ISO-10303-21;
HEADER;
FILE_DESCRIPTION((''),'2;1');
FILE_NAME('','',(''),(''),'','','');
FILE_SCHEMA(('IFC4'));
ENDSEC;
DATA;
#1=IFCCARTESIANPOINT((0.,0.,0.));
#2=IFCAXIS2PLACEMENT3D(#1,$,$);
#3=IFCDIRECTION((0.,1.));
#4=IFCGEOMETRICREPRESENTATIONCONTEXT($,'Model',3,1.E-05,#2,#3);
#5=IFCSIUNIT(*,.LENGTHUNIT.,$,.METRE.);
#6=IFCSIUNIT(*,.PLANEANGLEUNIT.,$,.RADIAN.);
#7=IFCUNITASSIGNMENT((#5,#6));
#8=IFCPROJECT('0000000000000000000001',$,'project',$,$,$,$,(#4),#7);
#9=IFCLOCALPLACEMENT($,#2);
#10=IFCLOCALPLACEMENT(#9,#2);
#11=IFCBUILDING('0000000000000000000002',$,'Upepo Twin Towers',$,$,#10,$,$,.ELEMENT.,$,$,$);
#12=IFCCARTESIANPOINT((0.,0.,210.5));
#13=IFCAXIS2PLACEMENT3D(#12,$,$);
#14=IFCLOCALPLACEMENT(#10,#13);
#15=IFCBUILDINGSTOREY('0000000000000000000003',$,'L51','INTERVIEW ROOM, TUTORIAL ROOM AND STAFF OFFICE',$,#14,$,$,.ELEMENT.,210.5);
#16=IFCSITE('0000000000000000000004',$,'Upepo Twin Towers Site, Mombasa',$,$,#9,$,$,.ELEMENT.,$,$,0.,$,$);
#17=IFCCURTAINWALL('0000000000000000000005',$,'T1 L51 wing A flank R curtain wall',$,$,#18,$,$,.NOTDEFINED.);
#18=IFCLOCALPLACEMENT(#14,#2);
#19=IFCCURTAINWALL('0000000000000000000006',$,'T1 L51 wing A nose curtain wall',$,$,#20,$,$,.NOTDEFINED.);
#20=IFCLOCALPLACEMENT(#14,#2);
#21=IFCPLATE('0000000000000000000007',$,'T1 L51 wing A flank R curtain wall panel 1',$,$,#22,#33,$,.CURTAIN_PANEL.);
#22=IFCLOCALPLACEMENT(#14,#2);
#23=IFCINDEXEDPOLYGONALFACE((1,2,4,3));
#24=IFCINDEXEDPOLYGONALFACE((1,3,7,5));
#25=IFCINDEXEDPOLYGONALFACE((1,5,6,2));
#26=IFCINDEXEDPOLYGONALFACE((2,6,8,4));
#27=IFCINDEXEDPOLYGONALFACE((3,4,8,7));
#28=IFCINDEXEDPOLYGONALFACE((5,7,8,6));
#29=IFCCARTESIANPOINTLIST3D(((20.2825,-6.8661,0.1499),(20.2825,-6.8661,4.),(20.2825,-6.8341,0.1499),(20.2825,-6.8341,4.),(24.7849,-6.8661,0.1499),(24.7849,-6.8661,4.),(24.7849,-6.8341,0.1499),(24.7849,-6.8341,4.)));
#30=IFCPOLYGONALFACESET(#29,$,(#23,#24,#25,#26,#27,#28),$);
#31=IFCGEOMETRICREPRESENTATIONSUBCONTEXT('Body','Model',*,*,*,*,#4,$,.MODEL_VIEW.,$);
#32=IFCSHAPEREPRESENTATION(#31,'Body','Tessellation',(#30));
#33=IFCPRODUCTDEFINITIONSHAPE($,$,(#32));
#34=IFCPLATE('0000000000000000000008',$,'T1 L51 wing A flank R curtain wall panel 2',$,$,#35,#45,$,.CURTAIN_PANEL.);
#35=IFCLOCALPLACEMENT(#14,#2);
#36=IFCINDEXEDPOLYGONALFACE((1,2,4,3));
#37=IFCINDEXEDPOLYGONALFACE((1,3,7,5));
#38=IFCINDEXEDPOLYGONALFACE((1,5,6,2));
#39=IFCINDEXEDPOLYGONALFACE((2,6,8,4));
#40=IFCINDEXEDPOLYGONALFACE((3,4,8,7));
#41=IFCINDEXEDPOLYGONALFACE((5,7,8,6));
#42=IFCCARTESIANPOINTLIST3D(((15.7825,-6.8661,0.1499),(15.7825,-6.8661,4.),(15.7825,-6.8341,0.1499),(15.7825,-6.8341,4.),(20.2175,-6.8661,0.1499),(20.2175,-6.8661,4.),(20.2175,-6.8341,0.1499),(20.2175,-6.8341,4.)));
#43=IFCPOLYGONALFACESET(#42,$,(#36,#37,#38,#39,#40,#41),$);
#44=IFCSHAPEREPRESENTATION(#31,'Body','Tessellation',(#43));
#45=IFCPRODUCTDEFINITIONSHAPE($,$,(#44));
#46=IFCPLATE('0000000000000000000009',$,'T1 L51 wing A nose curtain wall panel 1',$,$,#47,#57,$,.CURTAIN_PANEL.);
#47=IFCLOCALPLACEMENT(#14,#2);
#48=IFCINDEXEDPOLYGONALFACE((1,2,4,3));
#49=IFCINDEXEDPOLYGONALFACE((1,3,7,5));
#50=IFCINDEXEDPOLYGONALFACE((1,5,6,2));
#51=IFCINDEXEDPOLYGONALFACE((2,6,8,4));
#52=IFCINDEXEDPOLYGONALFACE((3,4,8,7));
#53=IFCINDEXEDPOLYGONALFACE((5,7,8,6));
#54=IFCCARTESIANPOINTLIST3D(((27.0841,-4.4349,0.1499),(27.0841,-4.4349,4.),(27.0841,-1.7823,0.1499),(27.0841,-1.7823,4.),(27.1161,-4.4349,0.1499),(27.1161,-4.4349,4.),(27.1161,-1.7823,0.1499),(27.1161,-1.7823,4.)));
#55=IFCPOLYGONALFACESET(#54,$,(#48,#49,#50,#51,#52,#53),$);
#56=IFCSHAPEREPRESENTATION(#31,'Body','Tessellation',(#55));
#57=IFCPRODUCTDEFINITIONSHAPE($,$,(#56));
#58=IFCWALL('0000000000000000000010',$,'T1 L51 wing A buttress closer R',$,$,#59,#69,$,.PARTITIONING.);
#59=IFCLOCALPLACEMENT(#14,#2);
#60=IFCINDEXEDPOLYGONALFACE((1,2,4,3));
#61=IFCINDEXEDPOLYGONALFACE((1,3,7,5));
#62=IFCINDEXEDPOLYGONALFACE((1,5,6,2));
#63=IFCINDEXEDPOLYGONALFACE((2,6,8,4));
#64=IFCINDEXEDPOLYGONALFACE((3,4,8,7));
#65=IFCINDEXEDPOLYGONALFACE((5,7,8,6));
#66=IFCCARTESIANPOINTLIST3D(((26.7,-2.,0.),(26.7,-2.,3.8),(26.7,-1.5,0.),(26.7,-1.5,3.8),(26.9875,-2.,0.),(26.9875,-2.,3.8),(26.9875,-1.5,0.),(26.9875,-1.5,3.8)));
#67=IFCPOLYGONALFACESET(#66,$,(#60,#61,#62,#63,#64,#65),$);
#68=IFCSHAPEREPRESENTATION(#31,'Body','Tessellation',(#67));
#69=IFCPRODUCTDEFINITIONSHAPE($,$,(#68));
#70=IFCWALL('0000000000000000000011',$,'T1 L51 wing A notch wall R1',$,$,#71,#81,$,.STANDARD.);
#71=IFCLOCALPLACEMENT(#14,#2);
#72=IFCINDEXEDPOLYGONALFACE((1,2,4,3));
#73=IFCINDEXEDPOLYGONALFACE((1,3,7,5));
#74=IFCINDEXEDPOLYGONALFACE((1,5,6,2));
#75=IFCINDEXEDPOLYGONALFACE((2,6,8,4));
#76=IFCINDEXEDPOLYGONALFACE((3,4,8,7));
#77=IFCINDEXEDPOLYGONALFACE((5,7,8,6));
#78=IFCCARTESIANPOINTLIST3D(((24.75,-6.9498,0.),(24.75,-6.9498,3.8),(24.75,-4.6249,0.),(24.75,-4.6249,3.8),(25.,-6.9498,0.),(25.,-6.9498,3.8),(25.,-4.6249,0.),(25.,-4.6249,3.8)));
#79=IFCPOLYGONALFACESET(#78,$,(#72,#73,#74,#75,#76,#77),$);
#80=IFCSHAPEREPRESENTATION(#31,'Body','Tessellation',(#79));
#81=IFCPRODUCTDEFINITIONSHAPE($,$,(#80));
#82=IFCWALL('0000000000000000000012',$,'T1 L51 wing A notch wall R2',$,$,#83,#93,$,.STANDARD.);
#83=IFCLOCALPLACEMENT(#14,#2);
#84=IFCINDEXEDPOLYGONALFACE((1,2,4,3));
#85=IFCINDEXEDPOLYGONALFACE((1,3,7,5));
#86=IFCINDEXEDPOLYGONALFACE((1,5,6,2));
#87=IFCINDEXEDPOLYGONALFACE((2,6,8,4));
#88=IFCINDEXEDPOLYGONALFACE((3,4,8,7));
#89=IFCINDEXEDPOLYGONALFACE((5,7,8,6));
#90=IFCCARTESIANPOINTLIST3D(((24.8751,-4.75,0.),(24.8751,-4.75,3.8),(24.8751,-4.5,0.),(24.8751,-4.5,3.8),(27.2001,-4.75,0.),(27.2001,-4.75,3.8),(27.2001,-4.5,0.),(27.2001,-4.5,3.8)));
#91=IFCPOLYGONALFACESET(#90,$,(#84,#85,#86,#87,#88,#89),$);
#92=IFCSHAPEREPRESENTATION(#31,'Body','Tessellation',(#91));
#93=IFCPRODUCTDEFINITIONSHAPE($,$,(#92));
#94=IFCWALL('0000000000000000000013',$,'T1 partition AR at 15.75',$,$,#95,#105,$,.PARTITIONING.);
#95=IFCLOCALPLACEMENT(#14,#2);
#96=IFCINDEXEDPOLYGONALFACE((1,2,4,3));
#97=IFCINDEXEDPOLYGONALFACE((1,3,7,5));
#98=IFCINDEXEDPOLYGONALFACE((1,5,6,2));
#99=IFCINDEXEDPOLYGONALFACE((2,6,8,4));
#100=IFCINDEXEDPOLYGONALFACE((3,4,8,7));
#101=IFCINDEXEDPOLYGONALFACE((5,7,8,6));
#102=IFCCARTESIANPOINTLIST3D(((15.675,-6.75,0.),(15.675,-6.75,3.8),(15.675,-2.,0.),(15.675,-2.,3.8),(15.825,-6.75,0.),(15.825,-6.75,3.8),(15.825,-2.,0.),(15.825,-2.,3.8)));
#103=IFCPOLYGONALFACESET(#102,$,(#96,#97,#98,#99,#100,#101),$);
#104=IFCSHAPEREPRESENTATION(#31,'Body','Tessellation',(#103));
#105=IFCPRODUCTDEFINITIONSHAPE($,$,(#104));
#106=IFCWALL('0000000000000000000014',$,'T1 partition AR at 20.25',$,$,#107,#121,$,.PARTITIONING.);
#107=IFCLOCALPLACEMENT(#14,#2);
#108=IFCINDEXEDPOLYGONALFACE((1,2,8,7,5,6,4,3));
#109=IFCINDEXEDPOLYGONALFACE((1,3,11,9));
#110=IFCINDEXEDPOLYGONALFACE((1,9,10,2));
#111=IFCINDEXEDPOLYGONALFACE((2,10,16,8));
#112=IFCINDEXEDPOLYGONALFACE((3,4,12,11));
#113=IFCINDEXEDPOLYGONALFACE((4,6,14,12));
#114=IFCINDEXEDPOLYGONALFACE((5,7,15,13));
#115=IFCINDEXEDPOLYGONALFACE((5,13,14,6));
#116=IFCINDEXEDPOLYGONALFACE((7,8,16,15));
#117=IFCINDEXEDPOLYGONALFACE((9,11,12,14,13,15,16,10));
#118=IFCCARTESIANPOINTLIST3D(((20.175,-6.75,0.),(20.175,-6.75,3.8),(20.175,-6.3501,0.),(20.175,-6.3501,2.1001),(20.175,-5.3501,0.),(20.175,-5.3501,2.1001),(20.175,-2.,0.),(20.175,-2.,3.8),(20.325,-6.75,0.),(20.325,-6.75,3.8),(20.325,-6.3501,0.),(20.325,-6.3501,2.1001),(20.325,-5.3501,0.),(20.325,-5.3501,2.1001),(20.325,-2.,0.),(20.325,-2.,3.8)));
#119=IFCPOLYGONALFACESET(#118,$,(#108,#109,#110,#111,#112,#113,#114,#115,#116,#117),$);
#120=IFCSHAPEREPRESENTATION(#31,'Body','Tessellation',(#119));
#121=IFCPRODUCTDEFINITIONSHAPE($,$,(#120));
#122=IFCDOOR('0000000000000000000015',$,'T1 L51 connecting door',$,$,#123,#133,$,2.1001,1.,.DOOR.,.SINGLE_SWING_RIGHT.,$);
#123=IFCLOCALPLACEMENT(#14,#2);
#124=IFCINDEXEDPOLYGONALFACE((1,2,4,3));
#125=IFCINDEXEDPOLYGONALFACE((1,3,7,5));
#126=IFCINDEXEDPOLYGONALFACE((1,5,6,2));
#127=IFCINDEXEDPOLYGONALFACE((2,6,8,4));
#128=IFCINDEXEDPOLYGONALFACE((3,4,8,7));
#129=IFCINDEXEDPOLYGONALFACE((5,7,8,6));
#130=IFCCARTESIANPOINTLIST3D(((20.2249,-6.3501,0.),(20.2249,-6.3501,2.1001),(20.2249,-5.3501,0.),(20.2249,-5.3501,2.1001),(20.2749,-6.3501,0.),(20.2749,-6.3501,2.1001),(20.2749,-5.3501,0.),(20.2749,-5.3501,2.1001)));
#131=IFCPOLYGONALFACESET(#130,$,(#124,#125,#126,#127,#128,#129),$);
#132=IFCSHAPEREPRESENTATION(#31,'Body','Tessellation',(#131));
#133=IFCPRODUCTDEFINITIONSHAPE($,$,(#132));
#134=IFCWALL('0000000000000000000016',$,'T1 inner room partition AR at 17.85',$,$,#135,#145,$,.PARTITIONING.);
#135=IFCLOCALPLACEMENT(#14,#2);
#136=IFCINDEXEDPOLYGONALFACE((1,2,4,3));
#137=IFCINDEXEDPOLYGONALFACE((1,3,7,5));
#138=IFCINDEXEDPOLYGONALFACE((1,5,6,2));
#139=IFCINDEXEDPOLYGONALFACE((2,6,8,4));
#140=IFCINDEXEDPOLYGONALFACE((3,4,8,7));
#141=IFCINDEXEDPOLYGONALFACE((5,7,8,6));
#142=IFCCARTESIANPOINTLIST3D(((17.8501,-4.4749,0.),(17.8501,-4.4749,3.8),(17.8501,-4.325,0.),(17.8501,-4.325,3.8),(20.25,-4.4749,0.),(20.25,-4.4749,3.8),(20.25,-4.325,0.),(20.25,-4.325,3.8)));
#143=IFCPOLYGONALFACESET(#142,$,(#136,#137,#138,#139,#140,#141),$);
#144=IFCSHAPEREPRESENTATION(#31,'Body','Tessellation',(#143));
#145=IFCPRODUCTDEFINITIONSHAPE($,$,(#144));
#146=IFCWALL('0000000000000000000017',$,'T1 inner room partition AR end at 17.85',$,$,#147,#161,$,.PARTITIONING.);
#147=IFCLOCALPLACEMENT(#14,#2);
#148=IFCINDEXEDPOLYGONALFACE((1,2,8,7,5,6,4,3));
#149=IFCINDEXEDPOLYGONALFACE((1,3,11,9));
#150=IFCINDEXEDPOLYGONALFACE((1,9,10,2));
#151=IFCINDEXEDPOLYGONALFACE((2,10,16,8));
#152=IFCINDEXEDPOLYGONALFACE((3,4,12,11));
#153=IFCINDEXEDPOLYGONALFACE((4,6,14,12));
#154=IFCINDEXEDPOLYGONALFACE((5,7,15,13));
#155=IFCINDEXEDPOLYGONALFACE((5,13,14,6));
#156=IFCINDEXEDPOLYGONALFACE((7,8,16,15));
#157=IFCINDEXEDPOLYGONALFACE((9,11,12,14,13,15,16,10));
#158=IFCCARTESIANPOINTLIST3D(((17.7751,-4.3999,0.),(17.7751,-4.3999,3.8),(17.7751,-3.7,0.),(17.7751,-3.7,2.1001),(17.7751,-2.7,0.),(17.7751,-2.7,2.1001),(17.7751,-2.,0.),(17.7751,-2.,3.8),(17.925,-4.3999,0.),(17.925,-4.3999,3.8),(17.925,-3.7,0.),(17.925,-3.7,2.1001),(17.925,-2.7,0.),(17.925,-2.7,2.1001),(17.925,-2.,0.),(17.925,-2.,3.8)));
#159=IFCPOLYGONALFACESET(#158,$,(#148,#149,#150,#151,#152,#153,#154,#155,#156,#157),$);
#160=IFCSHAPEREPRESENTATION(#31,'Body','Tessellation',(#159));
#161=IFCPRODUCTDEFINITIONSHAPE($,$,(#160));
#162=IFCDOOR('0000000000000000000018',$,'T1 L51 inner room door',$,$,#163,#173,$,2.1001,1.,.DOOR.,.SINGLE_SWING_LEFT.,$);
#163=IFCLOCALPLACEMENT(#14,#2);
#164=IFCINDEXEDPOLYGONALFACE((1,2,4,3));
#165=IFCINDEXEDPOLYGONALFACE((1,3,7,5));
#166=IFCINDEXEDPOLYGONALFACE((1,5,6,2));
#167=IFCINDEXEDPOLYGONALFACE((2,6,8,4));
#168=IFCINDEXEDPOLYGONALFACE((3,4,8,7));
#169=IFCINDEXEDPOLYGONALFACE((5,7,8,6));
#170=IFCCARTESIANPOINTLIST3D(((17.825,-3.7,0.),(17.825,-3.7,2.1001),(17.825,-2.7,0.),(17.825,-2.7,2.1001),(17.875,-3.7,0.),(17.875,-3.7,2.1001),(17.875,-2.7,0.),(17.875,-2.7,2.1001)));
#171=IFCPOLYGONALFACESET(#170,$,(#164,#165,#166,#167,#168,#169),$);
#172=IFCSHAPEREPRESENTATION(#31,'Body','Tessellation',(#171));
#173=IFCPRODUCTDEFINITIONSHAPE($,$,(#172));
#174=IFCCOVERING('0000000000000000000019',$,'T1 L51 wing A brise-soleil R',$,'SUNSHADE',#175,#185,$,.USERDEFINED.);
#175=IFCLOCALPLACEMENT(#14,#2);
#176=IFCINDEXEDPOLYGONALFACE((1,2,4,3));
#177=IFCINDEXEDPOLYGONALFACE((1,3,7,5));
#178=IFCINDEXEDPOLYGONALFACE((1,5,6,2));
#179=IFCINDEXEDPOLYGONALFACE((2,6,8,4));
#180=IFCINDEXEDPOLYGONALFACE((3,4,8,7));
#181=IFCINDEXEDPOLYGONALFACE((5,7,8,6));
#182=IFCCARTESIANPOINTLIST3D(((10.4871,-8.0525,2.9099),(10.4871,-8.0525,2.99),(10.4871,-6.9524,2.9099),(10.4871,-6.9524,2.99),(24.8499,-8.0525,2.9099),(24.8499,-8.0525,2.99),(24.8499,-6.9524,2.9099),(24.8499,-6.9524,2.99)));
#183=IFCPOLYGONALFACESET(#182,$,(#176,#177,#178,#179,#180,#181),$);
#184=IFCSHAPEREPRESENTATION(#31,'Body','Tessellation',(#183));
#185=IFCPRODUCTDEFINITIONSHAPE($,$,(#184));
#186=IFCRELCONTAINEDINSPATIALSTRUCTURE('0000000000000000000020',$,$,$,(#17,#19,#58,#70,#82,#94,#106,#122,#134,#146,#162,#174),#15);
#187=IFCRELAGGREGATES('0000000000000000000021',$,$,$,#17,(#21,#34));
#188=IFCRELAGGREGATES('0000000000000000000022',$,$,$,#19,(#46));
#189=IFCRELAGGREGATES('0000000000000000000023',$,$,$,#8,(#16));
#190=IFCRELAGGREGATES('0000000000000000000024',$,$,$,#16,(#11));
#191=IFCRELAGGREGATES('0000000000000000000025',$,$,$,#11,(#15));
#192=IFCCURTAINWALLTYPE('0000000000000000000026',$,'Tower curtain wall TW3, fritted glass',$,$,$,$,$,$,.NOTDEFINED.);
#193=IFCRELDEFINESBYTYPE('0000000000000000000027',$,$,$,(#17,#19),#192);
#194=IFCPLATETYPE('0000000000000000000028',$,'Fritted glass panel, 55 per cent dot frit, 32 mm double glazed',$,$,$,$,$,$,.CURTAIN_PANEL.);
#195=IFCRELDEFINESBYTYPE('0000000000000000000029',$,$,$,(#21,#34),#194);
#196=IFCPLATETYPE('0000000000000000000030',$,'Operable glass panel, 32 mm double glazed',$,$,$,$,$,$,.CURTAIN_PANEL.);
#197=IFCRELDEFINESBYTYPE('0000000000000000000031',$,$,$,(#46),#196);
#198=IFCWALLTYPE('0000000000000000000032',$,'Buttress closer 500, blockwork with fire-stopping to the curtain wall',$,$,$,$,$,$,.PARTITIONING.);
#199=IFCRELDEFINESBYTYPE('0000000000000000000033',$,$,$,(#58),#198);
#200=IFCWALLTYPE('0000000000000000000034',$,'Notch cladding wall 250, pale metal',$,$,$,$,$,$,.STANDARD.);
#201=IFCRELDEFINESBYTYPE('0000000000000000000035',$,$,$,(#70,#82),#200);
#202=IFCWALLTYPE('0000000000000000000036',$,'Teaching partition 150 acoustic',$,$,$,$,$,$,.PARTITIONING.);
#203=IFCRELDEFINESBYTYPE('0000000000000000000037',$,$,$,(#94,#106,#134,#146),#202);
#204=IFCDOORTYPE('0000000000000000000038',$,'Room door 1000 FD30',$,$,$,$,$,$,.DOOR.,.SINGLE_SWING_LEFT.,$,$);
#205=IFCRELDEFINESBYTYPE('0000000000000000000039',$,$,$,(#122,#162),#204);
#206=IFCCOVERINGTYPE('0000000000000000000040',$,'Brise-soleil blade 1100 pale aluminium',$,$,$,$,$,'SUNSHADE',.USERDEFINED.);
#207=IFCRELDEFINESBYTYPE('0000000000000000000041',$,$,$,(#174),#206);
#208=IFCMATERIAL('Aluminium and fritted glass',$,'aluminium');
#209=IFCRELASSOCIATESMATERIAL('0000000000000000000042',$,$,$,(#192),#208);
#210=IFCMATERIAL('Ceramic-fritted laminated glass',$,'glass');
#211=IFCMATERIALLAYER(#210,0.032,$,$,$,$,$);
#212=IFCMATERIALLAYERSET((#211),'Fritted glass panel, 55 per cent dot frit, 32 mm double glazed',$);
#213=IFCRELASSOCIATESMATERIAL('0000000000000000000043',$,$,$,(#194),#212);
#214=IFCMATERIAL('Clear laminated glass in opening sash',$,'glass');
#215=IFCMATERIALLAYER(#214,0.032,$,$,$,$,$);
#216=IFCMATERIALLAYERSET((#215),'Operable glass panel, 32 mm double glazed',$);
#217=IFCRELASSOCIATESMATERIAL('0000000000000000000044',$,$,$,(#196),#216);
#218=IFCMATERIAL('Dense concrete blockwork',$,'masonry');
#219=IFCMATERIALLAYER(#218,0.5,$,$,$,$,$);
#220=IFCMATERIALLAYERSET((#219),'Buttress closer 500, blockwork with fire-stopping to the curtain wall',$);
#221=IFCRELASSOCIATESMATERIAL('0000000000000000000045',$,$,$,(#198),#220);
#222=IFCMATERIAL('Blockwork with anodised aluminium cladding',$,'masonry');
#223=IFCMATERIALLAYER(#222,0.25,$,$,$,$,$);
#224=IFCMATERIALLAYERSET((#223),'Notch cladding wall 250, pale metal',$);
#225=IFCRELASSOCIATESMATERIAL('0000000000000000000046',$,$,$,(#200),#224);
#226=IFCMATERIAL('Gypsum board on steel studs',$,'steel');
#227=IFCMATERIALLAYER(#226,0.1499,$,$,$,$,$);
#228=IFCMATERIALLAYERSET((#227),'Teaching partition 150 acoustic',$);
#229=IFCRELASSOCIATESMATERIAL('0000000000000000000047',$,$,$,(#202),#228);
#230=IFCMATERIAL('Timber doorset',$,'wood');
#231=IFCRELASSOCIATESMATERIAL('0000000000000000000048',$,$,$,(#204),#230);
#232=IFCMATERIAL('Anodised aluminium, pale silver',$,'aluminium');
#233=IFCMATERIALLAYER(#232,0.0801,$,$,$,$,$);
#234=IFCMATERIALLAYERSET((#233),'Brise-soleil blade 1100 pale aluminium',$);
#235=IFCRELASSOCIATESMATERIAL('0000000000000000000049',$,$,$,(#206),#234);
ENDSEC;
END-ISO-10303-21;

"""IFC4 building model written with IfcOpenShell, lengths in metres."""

from ifc_helpers import new_model, si_unit, direction, frame, frame_2d, origin, origin_2d, place, context, subcontext, project, spatial, rectangle, extrude, material, layer, layer_set, type_object, element, fill, aggregate, save


model = new_model("IFC4")

# Units and contexts
model_context = context("Model", 3, precision=1e-05, world=origin(), true_north=direction((0.0, 1.0)))
body_context = subcontext(model_context, "Body", "Model", "MODEL_VIEW")
ifc_project = project(units=[si_unit("LENGTHUNIT", "METRE"), si_unit("PLANEANGLEUNIT", "RADIAN")], contexts=[model_context])

# Site, building, storey
site_placement = place(None, origin())
site = spatial("IfcSite", under=ifc_project, at=site_placement, Name="Upepo Twin Towers Site, Mombasa", CompositionType="ELEMENT", RefElevation=0.0)
building_placement = place(site_placement, origin())
building = spatial("IfcBuilding", under=site, at=building_placement, Name="Upepo Twin Towers", CompositionType="ELEMENT")
storey_placement = place(building_placement, frame((0.0, 0.0, 210.5)))
storey = spatial("IfcBuildingStorey", under=building, at=storey_placement, Name="L51", Description="INTERVIEW ROOM, TUTORIAL ROOM AND STAFF OFFICE", CompositionType="ELEMENT", Elevation=210.5)

# Curtain wall
ifc_material_1 = material(Name="Aluminium and fritted glass", Category="aluminium")
curtain_wall_type = type_object("IfcCurtainWallType", Name="Tower curtain wall TW3, fritted glass", PredefinedType="NOTDEFINED", material=ifc_material_1)
curtain_wall_1_placement = place(storey_placement, origin())
curtain_wall_1 = element("IfcCurtainWall", 1, at=curtain_wall_1_placement, inside=storey, type_object=curtain_wall_type, Name="T1 L51 wing A flank R curtain wall", PredefinedType="NOTDEFINED")

# Curtain wall
curtain_wall_2_placement = place(storey_placement, origin())
curtain_wall_2 = element("IfcCurtainWall", 2, at=curtain_wall_2_placement, inside=storey, type_object=curtain_wall_type, Name="T1 L51 wing A nose curtain wall", PredefinedType="NOTDEFINED")

# Plates
ifc_material_2 = material(Name="Ceramic-fritted laminated glass", Category="glass")
ifc_layer_1 = layer(ifc_material_2, 0.032)
ifc_layer_set_1 = layer_set([ifc_layer_1], Name="Fritted glass panel, 55 per cent dot frit, 32 mm double glazed")
plate_type_1 = type_object("IfcPlateType", Name="Fritted glass panel, 55 per cent dot frit, 32 mm double glazed", PredefinedType="CURTAIN_PANEL", material=ifc_layer_set_1)
plate_1_placement = place(storey_placement, frame((22.5337, -6.8501, 0.1499), z_axis=(0.0, 0.0, 1.0), x_axis=(-1.0, 0.0, 0.0)))
plate_1 = element("IfcPlate", 3, at=plate_1_placement, type_object=plate_type_1, Name="T1 L51 wing A flank R curtain wall panel 1", PredefinedType="CURTAIN_PANEL", context=body_context, shape_type="SweptSolid", body=[
    extrude(rectangle(XDim=4.5024, YDim=0.032, at=origin_2d()), origin(), (0.0, 0.0, 1.0), 3.8501),
])
plate_2_placement = place(storey_placement, frame((18.0, -6.8501, 0.1499), z_axis=(0.0, 0.0, 1.0), x_axis=(-1.0, 0.0, 0.0)))
plate_2 = element("IfcPlate", 4, at=plate_2_placement, type_object=plate_type_1, Name="T1 L51 wing A flank R curtain wall panel 2", PredefinedType="CURTAIN_PANEL", context=body_context, shape_type="SweptSolid", body=[
    extrude(rectangle(XDim=4.4351, YDim=0.032, at=origin_2d()), origin(), (0.0, 0.0, 1.0), 3.8501),
])
aggregate(curtain_wall_1, [plate_1, plate_2])
ifc_material_3 = material(Name="Clear laminated glass in opening sash", Category="glass")
ifc_layer_2 = layer(ifc_material_3, 0.032)
ifc_layer_set_2 = layer_set([ifc_layer_2], Name="Operable glass panel, 32 mm double glazed")
plate_type_2 = type_object("IfcPlateType", Name="Operable glass panel, 32 mm double glazed", PredefinedType="CURTAIN_PANEL", material=ifc_layer_set_2)
plate_3_placement = place(storey_placement, frame((27.1001, -3.1086, 0.1499), z_axis=(0.0, 0.0, 1.0), x_axis=(0.0, 1.0, 0.0)))
plate_3 = element("IfcPlate", 5, at=plate_3_placement, type_object=plate_type_2, Name="T1 L51 wing A nose curtain wall panel 1", PredefinedType="CURTAIN_PANEL", context=body_context, shape_type="SweptSolid", body=[
    extrude(rectangle(XDim=2.6526, YDim=0.032, at=origin_2d()), origin(), (0.0, 0.0, 1.0), 3.8501),
])
aggregate(curtain_wall_2, [plate_3])

# Walls
ifc_material_4 = material(Name="Dense concrete blockwork", Category="masonry")
ifc_layer_3 = layer(ifc_material_4, 0.5)
ifc_layer_set_3 = layer_set([ifc_layer_3], Name="Buttress closer 500, blockwork with fire-stopping to the curtain wall")
wall_type_1 = type_object("IfcWallType", Name="Buttress closer 500, blockwork with fire-stopping to the curtain wall", PredefinedType="PARTITIONING", material=ifc_layer_set_3)
wall_1_placement = place(storey_placement, frame((26.7, -1.75, 0.0), z_axis=(0.0, 0.0, 1.0), x_axis=(1.0, 0.0, 0.0)))
element("IfcWall", 6, at=wall_1_placement, inside=storey, type_object=wall_type_1, Name="T1 L51 wing A buttress closer R", PredefinedType="PARTITIONING", context=body_context, shape_type="SweptSolid", body=[
    extrude(rectangle(XDim=0.2876, YDim=0.5, at=frame_2d((0.1438, 0.0))), origin(), (0.0, 0.0, 1.0), 3.8),
])
ifc_material_5 = material(Name="Blockwork with anodised aluminium cladding", Category="masonry")
ifc_layer_4 = layer(ifc_material_5, 0.25)
ifc_layer_set_4 = layer_set([ifc_layer_4], Name="Notch cladding wall 250, pale metal")
wall_type_2 = type_object("IfcWallType", Name="Notch cladding wall 250, pale metal", PredefinedType="STANDARD", material=ifc_layer_set_4)
for number, where, z_axis, x_axis, name in (
    (7, (24.875, -6.95, 0.0), (0.0, 0.0, 1.0), (0.0, 1.0, 0.0), "T1 L51 wing A notch wall R1"),
    (8, (24.875, -4.625, 0.0), (0.0, 0.0, 1.0), (1.0, 0.0, 0.0), "T1 L51 wing A notch wall R2"),
):
    element("IfcWall", number, at=place(storey_placement, frame(where, z_axis=z_axis, x_axis=x_axis)), inside=storey, type_object=wall_type_2, Name=name, PredefinedType="STANDARD", context=body_context, shape_type="SweptSolid", body=[
        extrude(rectangle(XDim=2.325, YDim=0.25, at=frame_2d((1.1626, 0.0))), origin(), (0.0, 0.0, 1.0), 3.8),
    ])
ifc_material_6 = material(Name="Gypsum board on steel studs", Category="steel")
ifc_layer_5 = layer(ifc_material_6, 0.1499)
ifc_layer_set_5 = layer_set([ifc_layer_5], Name="Teaching partition 150 acoustic")
wall_type_3 = type_object("IfcWallType", Name="Teaching partition 150 acoustic", PredefinedType="PARTITIONING", material=ifc_layer_set_5)
wall_2_placement = place(storey_placement, frame((15.75, -2.0, 0.0), z_axis=(0.0, 0.0, 1.0), x_axis=(0.0, -1.0, 0.0)))
element("IfcWall", 9, at=wall_2_placement, inside=storey, type_object=wall_type_3, Name="T1 partition AR at 15.75", PredefinedType="PARTITIONING", context=body_context, shape_type="SweptSolid", body=[
    extrude(rectangle(XDim=4.75, YDim=0.1499, at=frame_2d((2.375, 0.0))), origin(), (0.0, 0.0, 1.0), 3.8),
])

# Wall, opening, door
wall_3_placement = place(storey_placement, frame((20.25, -2.0, 0.0), z_axis=(0.0, 0.0, 1.0), x_axis=(0.0, -1.0, 0.0)))
wall_3 = element("IfcWall", 10, at=wall_3_placement, inside=storey, type_object=wall_type_3, Name="T1 partition AR at 20.25", PredefinedType="PARTITIONING", context=body_context, shape_type="SweptSolid", body=[
    extrude(rectangle(XDim=4.75, YDim=0.1499, at=frame_2d((2.375, 0.0))), origin(), (0.0, 0.0, 1.0), 3.8),
])
opening_1_placement = place(wall_3_placement, frame((3.3501, 0.0, 0.0)))
opening_1 = element("IfcOpeningElement", 11, at=opening_1_placement, cuts=wall_3, PredefinedType="OPENING", context=body_context, shape_type="SweptSolid", body=[
    extrude(rectangle(XDim=1.0, YDim=2.1001, at=frame_2d((0.5, 1.05))), frame((0.0, 0.085, 0.0), z_axis=(0.0, -1.0, 0.0), x_axis=(1.0, 0.0, 0.0)), (0.0, 0.0, 1.0), 0.1699),
])
ifc_material_7 = material(Name="Timber doorset", Category="wood")
door_type = type_object("IfcDoorType", Name="Room door 1000 FD30", OperationType="SINGLE_SWING_LEFT", PredefinedType="DOOR", material=ifc_material_7)
door_1_placement = place(opening_1_placement, origin())
door_1 = element("IfcDoor", 12, at=door_1_placement, inside=storey, type_object=door_type, Name="T1 L51 connecting door", OperationType="SINGLE_SWING_RIGHT", OverallHeight=2.1001, OverallWidth=1.0, PredefinedType="DOOR", context=body_context, shape_type="SweptSolid", body=[
    extrude(rectangle(XDim=1.0, YDim=2.1001, at=frame_2d((0.5, 1.05))), frame((0.0, 0.0249, 0.0), z_axis=(0.0, -1.0, 0.0), x_axis=(1.0, 0.0, 0.0)), (0.0, 0.0, 1.0), 0.05),
])
fill(opening_1, door_1)

# Wall
wall_4_placement = place(storey_placement, frame((17.8501, -4.3999, 0.0), z_axis=(0.0, 0.0, 1.0), x_axis=(1.0, 0.0, 0.0)))
element("IfcWall", 13, at=wall_4_placement, inside=storey, type_object=wall_type_3, Name="T1 inner room partition AR at 17.85", PredefinedType="PARTITIONING", context=body_context, shape_type="SweptSolid", body=[
    extrude(rectangle(XDim=2.3999, YDim=0.1499, at=frame_2d((1.2, 0.0))), origin(), (0.0, 0.0, 1.0), 3.8),
])

# Wall, opening, door
wall_5_placement = place(storey_placement, frame((17.8501, -2.0, 0.0), z_axis=(0.0, 0.0, 1.0), x_axis=(0.0, -1.0, 0.0)))
wall_5 = element("IfcWall", 14, at=wall_5_placement, inside=storey, type_object=wall_type_3, Name="T1 inner room partition AR end at 17.85", PredefinedType="PARTITIONING", context=body_context, shape_type="SweptSolid", body=[
    extrude(rectangle(XDim=2.3999, YDim=0.1499, at=frame_2d((1.2, 0.0))), origin(), (0.0, 0.0, 1.0), 3.8),
])
opening_2_placement = place(wall_5_placement, frame((0.7, 0.0, 0.0)))
opening_2 = element("IfcOpeningElement", 15, at=opening_2_placement, cuts=wall_5, PredefinedType="OPENING", context=body_context, shape_type="SweptSolid", body=[
    extrude(rectangle(XDim=1.0, YDim=2.1001, at=frame_2d((0.5, 1.05))), frame((0.0, 0.085, 0.0), z_axis=(0.0, -1.0, 0.0), x_axis=(1.0, 0.0, 0.0)), (0.0, 0.0, 1.0), 0.1699),
])
door_2_placement = place(opening_2_placement, origin())
door_2 = element("IfcDoor", 16, at=door_2_placement, inside=storey, type_object=door_type, Name="T1 L51 inner room door", OperationType="SINGLE_SWING_LEFT", OverallHeight=2.1001, OverallWidth=1.0, PredefinedType="DOOR", context=body_context, shape_type="SweptSolid", body=[
    extrude(rectangle(XDim=1.0, YDim=2.1001, at=frame_2d((0.5, 1.05))), frame((0.0, 0.0249, 0.0), z_axis=(0.0, -1.0, 0.0), x_axis=(1.0, 0.0, 0.0)), (0.0, 0.0, 1.0), 0.05),
])
fill(opening_2, door_2)

# Covering
ifc_material_8 = material(Name="Anodised aluminium, pale silver", Category="aluminium")
ifc_layer_6 = layer(ifc_material_8, 0.0801)
ifc_layer_set_6 = layer_set([ifc_layer_6], Name="Brise-soleil blade 1100 pale aluminium")
covering_type = type_object("IfcCoveringType", Name="Brise-soleil blade 1100 pale aluminium", ElementType="SUNSHADE", PredefinedType="USERDEFINED", material=ifc_layer_set_6)
covering_placement = place(storey_placement, frame((17.6685, -7.5024, 2.9099), z_axis=(0.0, 0.0, 1.0), x_axis=(1.0, 0.0, 0.0)))
element("IfcCovering", 17, at=covering_placement, inside=storey, type_object=covering_type, Name="T1 L51 wing A brise-soleil R", ObjectType="SUNSHADE", PredefinedType="USERDEFINED", context=body_context, shape_type="SweptSolid", body=[
    extrude(rectangle(XDim=14.3628, YDim=1.1001, at=origin_2d()), origin(), (0.0, 0.0, 1.0), 0.0801),
])

save(model, "model.ifc")
